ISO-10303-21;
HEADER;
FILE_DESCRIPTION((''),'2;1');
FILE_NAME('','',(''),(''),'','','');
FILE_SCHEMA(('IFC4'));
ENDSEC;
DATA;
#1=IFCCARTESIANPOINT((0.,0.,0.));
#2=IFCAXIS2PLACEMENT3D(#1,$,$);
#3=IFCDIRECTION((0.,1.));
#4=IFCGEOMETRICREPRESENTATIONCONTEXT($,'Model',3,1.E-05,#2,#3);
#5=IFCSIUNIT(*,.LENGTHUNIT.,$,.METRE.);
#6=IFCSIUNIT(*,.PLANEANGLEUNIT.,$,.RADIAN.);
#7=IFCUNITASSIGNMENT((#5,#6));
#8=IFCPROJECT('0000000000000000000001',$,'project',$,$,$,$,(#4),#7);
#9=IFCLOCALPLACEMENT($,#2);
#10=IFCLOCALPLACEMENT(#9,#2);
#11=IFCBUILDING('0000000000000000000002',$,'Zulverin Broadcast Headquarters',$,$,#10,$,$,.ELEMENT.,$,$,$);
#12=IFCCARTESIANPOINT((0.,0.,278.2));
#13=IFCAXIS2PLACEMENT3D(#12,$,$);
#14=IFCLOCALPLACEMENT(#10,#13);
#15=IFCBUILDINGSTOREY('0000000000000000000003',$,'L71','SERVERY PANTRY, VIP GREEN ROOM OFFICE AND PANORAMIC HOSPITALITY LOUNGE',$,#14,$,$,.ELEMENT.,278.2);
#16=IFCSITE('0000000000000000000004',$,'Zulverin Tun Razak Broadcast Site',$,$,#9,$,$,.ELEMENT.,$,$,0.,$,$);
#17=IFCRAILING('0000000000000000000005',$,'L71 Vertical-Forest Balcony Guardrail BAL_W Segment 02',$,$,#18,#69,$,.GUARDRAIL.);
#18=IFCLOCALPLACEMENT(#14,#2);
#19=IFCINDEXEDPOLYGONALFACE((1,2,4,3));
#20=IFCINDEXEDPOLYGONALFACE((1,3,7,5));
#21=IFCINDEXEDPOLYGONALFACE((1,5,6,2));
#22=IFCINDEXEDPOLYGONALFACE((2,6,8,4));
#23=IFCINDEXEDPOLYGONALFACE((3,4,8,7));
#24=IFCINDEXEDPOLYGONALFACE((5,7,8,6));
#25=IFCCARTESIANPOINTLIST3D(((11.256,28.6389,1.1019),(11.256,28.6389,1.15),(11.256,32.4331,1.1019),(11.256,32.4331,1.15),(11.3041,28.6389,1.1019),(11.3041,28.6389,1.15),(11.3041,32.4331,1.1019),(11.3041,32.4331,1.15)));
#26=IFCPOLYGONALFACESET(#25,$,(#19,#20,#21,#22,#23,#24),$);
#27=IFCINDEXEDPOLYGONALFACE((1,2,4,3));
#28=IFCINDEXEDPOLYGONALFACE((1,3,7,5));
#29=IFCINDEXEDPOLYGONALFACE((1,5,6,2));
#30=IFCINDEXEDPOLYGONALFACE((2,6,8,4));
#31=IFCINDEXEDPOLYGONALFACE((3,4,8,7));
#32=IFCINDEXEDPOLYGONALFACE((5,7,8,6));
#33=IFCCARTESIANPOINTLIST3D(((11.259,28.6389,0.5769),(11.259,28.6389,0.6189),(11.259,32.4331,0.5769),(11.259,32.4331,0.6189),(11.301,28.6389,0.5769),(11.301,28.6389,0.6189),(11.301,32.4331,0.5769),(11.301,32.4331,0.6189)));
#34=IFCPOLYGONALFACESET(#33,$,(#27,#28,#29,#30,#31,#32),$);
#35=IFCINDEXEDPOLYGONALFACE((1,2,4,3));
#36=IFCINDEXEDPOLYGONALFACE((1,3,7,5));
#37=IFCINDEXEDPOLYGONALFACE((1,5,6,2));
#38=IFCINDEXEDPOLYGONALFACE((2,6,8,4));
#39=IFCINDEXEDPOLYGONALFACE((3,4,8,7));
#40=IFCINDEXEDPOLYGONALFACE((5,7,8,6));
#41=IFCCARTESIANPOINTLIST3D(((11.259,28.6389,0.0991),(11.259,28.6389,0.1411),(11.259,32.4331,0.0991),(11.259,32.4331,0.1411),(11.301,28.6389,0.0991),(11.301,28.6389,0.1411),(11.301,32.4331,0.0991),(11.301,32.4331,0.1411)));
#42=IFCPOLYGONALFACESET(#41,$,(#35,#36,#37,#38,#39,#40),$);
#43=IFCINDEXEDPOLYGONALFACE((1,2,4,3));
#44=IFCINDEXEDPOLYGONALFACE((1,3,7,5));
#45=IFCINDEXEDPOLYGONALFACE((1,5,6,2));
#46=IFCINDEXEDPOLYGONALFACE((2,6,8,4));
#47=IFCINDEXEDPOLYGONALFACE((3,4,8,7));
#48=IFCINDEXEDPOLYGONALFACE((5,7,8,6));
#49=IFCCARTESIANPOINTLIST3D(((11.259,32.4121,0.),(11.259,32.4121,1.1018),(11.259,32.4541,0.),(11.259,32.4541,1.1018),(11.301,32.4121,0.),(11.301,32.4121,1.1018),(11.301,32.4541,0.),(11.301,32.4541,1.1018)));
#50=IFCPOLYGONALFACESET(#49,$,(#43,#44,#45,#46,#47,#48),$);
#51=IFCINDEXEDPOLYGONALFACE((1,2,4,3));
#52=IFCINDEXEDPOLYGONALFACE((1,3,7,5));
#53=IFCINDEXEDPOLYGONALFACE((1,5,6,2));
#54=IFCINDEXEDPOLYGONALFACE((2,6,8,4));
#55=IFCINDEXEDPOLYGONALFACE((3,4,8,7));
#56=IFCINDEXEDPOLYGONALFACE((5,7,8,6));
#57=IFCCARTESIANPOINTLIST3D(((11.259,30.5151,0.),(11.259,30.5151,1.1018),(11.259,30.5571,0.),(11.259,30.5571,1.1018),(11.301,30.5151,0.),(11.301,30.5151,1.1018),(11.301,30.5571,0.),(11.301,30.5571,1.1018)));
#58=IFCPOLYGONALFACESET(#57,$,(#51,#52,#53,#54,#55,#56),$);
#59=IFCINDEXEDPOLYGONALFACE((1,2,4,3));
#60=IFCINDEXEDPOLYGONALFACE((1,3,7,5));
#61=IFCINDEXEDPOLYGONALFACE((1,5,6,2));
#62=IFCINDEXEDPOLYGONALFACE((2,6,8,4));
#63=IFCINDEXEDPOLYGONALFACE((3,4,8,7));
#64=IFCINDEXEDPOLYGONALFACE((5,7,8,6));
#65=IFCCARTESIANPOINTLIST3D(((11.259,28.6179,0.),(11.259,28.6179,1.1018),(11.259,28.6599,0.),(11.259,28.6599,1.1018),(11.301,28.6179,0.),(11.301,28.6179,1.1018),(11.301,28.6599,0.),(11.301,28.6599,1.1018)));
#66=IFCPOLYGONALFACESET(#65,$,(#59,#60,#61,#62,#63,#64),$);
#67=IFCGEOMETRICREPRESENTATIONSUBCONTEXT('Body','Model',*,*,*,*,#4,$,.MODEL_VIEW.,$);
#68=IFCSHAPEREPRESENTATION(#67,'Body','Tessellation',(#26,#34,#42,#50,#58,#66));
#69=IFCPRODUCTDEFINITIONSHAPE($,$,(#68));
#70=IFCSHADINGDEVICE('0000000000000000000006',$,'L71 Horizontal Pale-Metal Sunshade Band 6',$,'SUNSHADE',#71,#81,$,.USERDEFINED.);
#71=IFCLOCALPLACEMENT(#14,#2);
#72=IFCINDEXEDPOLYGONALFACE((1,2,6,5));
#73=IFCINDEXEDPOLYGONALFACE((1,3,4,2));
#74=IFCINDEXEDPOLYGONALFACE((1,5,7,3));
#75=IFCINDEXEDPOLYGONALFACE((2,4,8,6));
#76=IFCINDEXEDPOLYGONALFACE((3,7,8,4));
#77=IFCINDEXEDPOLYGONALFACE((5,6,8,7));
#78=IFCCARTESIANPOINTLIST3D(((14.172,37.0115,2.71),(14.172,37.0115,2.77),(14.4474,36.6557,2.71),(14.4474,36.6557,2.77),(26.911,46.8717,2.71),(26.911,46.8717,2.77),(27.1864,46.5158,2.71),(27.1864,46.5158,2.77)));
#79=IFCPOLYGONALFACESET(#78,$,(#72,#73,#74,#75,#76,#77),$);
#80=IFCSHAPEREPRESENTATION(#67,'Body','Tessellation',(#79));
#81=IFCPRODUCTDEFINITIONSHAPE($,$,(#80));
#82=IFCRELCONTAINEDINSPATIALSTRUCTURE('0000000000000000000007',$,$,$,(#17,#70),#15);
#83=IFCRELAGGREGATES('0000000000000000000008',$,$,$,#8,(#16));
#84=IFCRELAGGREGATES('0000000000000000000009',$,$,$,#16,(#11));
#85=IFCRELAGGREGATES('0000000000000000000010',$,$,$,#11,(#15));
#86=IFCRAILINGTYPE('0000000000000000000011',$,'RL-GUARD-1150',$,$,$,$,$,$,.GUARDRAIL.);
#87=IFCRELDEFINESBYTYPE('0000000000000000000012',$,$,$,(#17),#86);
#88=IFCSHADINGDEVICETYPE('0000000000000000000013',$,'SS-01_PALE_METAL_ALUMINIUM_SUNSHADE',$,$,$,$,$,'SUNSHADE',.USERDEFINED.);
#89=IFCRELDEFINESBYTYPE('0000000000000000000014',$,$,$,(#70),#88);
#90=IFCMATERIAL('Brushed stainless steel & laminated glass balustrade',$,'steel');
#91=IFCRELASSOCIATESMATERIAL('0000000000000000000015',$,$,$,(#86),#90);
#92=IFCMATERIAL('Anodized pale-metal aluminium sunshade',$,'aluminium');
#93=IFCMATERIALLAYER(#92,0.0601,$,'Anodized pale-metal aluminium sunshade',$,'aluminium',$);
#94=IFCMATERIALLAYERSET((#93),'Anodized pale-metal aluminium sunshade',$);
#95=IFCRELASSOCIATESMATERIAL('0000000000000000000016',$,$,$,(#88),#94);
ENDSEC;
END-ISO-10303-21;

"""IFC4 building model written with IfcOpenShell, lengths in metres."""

from ifc_helpers import new_model, si_unit, direction, frame, origin, origin_2d, place, context, subcontext, project, spatial, rectangle, extrude, material, layer, layer_set, type_object, element, save


model = new_model("IFC4")

# Units and contexts
model_context = context("Model", 3, precision=1e-05, world=origin(), true_north=direction((0.0, 1.0)))
body_context = subcontext(model_context, "Body", "Model", "MODEL_VIEW")
ifc_project = project(units=[si_unit("LENGTHUNIT", "METRE"), si_unit("PLANEANGLEUNIT", "RADIAN")], contexts=[model_context])

# Site, building, storey
site_placement = place(None, origin())
site = spatial("IfcSite", under=ifc_project, at=site_placement, Name="Zulverin Tun Razak Broadcast Site", CompositionType="ELEMENT", RefElevation=0.0)
building_placement = place(site_placement, origin())
building = spatial("IfcBuilding", under=site, at=building_placement, Name="Zulverin Broadcast Headquarters", CompositionType="ELEMENT")
storey_placement = place(building_placement, frame((0.0, 0.0, 278.2)))
storey = spatial("IfcBuildingStorey", under=building, at=storey_placement, Name="L71", Description="SERVERY PANTRY, VIP GREEN ROOM OFFICE AND PANORAMIC HOSPITALITY LOUNGE", CompositionType="ELEMENT", Elevation=278.2)

# Railing
ifc_material_1 = material(Name="Brushed stainless steel & laminated glass balustrade", Category="steel")
railing_type = type_object("IfcRailingType", Name="RL-GUARD-1150", PredefinedType="GUARDRAIL", material=ifc_material_1)
railing_1_placement = place(storey_placement, frame((11.28, 32.4331, 0.0)))
element("IfcRailing", 1, at=railing_1_placement, inside=storey, type_object=railing_type, Name="L71 Vertical-Forest Balcony Guardrail BAL_W Segment 02", PredefinedType="GUARDRAIL", context=body_context, shape_type="SweptSolid", body=[
    extrude(rectangle(XDim=0.0481, YDim=0.0481, at=origin_2d()), frame((0.0, 0.0, 1.126), z_axis=(0.0, -1.0, 0.0), x_axis=(1.0, 0.0, 0.0)), (0.0, 0.0, 1.0), 3.7942),
    extrude(rectangle(XDim=0.042, YDim=0.042, at=origin_2d()), frame((0.0, 0.0, 0.5979), z_axis=(0.0, -1.0, 0.0), x_axis=(1.0, 0.0, 0.0)), (0.0, 0.0, 1.0), 3.7942),
    extrude(rectangle(XDim=0.042, YDim=0.042, at=origin_2d()), frame((0.0, 0.0, 0.1201), z_axis=(0.0, -1.0, 0.0), x_axis=(1.0, 0.0, 0.0)), (0.0, 0.0, 1.0), 3.7942),
    extrude(rectangle(XDim=0.042, YDim=0.042, at=origin_2d()), origin(), (0.0, 0.0, 1.0), 1.1018),
    extrude(rectangle(XDim=0.042, YDim=0.042, at=origin_2d()), frame((0.0, -1.897, 0.0)), (0.0, 0.0, 1.0), 1.1018),
    extrude(rectangle(XDim=0.042, YDim=0.042, at=origin_2d()), frame((0.0, -3.7942, 0.0)), (0.0, 0.0, 1.0), 1.1018),
])

# Shading device
ifc_material_2 = material(Name="Anodized pale-metal aluminium sunshade", Category="aluminium")
ifc_layer_1 = layer(ifc_material_2, 0.0601, Name="Anodized pale-metal aluminium sunshade", Category="aluminium")
ifc_layer_set_1 = layer_set([ifc_layer_1], Name="Anodized pale-metal aluminium sunshade")
shading_device_type = type_object("IfcShadingDeviceType", Name="SS-01_PALE_METAL_ALUMINIUM_SUNSHADE", ElementType="SUNSHADE", PredefinedType="USERDEFINED", material=ifc_layer_set_1)
shading_device_placement = place(storey_placement, frame((20.6792, 41.7637, 2.71), z_axis=(0.0, 0.0, 1.0), x_axis=(-0.790792, -0.612085, 0.0)))
element("IfcShadingDevice", 2, at=shading_device_placement, inside=storey, type_object=shading_device_type, Name="L71 Horizontal Pale-Metal Sunshade Band 6", ObjectType="SUNSHADE", PredefinedType="USERDEFINED", context=body_context, shape_type="SweptSolid", body=[
    extrude(rectangle(XDim=16.1091, YDim=0.45, at=origin_2d()), origin(), (0.0, 0.0, 1.0), 0.0601),
])

save(model, "model.ifc")
